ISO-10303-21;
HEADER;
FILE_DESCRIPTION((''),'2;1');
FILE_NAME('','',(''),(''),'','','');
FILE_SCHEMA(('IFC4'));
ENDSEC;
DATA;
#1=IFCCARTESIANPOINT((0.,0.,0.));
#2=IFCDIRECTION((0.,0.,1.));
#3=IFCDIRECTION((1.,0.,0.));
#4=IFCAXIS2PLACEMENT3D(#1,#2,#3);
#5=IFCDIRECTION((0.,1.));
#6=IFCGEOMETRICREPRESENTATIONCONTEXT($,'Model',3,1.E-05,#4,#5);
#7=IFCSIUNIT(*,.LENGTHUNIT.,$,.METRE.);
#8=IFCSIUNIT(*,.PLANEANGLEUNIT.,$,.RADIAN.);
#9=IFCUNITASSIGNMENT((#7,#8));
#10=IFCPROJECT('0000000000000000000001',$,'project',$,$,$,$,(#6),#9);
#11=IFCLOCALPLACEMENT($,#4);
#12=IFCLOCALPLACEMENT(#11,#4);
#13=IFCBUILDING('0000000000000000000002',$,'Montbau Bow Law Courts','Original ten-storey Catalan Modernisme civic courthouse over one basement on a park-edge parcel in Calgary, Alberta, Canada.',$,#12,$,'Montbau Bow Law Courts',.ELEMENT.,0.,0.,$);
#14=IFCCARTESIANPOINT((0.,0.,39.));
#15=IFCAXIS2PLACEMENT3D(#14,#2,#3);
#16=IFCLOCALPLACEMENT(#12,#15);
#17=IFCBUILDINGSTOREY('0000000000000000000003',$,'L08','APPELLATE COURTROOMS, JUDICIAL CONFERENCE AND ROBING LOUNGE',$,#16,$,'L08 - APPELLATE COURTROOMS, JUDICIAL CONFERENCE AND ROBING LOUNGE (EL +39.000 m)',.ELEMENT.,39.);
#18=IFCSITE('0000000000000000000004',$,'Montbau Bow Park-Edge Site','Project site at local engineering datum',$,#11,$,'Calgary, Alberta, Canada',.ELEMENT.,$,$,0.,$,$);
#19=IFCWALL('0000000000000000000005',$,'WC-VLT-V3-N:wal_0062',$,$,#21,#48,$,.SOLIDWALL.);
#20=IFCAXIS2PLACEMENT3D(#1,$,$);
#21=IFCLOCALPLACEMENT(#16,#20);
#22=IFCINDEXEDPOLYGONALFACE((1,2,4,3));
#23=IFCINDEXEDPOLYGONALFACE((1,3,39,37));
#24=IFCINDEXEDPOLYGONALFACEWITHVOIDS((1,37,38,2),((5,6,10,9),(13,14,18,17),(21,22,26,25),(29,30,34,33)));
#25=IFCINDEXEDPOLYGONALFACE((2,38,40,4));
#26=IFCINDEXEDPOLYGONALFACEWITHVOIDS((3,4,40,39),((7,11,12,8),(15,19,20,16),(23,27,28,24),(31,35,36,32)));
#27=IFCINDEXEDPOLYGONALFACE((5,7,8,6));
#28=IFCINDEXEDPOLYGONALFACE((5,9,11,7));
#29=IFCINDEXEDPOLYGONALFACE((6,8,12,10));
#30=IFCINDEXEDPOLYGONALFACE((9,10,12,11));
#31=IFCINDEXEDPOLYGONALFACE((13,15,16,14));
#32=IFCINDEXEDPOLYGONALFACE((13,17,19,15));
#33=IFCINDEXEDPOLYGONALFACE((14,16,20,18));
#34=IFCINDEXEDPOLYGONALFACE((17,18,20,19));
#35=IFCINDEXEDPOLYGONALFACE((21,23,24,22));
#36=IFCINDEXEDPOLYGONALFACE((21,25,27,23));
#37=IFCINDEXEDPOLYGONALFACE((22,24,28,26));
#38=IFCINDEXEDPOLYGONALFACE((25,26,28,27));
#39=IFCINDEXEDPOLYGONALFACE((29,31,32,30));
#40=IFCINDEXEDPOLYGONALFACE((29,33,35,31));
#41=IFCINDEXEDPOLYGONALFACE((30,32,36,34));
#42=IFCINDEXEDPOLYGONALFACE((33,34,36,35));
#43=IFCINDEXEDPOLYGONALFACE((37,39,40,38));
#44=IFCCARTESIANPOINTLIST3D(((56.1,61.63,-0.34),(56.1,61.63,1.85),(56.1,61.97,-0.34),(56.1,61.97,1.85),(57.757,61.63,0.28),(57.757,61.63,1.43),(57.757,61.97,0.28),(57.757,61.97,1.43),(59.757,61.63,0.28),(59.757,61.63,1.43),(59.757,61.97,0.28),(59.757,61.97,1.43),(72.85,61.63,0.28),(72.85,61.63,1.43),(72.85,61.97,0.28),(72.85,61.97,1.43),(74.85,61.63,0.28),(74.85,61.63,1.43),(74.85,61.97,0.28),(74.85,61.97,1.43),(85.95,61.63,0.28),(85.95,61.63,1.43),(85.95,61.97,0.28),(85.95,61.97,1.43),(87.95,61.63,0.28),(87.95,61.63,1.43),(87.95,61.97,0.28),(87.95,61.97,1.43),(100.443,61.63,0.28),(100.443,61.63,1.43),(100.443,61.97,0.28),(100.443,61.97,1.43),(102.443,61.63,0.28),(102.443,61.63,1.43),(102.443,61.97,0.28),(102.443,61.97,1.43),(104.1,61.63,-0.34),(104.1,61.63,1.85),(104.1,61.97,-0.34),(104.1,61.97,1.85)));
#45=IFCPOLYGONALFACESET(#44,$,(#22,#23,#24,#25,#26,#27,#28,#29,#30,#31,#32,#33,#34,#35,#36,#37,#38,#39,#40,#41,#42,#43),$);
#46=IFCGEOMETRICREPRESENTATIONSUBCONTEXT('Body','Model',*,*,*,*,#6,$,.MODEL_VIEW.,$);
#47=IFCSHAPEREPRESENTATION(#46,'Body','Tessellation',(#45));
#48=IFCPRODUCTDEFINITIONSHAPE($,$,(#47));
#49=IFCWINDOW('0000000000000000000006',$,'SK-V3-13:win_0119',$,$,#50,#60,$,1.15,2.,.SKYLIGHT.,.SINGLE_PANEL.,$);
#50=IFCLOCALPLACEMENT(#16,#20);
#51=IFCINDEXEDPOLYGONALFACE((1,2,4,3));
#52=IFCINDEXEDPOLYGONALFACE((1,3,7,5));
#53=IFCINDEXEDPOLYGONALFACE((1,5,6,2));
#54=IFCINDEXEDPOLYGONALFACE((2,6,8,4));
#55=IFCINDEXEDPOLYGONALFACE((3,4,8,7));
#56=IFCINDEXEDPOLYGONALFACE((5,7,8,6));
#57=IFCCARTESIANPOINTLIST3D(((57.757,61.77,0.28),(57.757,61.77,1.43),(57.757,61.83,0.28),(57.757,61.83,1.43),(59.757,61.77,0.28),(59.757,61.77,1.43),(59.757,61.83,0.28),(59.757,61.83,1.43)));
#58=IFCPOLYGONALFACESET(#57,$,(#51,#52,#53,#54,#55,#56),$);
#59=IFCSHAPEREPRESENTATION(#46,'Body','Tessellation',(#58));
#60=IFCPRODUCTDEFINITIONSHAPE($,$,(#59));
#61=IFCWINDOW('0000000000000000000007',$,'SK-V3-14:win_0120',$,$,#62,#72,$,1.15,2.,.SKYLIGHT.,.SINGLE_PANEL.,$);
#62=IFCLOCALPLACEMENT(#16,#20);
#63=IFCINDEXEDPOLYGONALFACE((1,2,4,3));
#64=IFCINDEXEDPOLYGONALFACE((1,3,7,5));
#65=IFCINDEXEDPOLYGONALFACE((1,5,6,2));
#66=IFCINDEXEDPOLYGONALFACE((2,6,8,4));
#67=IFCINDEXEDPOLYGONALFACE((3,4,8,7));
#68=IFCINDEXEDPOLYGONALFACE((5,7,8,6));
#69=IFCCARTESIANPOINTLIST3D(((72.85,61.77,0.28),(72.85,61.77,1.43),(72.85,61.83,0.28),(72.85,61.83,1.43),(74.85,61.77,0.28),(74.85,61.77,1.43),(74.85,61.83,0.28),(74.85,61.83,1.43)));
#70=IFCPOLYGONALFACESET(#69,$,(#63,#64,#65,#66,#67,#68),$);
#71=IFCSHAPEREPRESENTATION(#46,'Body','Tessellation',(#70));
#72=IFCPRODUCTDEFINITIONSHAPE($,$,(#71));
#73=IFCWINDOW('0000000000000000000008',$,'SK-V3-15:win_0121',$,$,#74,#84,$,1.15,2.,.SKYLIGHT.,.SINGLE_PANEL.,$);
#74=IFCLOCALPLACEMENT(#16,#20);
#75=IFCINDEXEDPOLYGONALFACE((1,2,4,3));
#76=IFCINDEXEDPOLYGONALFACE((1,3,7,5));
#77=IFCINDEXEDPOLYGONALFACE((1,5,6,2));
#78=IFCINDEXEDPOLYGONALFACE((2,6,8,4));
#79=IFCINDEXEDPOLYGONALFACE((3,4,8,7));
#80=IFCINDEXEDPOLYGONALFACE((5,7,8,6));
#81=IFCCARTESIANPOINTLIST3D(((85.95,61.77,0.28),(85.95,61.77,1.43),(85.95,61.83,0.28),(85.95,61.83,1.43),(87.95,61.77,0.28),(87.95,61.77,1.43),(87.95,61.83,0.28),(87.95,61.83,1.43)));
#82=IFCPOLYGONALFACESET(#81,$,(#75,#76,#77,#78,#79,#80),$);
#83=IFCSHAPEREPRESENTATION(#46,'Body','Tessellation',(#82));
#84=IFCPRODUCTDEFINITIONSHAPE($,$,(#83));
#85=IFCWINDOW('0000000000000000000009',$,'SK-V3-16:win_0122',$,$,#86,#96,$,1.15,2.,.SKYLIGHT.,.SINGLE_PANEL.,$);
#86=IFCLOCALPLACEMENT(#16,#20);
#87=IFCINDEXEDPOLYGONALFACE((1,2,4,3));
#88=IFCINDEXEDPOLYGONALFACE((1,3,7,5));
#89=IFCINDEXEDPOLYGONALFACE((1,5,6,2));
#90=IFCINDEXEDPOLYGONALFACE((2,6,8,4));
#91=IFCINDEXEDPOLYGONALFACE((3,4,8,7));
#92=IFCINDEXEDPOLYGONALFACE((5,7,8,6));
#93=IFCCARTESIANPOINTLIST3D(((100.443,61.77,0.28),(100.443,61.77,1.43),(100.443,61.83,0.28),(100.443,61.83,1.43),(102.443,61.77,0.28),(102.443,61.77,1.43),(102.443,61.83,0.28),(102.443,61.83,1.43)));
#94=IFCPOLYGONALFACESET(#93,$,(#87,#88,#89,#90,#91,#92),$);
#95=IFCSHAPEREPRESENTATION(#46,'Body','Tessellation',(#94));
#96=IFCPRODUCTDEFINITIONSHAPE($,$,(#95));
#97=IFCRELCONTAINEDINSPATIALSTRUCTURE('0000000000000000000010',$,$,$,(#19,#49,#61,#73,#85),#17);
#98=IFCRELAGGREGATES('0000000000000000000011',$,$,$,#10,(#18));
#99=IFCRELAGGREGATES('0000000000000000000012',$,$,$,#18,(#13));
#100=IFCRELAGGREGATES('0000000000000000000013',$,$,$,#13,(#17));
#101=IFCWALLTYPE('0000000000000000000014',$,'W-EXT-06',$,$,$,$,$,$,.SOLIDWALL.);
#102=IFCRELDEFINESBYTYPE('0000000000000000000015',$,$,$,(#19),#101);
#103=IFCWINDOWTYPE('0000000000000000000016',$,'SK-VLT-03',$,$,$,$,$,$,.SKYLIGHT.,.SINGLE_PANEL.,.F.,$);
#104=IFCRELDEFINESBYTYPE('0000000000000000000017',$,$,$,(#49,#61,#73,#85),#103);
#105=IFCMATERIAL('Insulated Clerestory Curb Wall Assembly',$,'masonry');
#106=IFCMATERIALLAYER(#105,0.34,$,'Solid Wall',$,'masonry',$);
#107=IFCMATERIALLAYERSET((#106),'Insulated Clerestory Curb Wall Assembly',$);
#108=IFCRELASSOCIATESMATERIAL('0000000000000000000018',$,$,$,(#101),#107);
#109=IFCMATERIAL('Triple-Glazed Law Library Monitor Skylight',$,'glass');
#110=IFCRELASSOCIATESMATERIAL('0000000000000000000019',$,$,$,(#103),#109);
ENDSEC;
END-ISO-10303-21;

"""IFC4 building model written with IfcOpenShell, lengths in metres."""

from ifc_helpers import new_model, si_unit, direction, frame, frame_2d, origin_with_axes, place, context, subcontext, project, spatial, rectangle, extrude, material, layer, layer_set, type_object, element, fill, save


model = new_model("IFC4")

# Units and contexts
model_context = context("Model", 3, precision=1e-05, world=origin_with_axes(), true_north=direction((0.0, 1.0)))
body_context = subcontext(model_context, "Body", "Model", "MODEL_VIEW")
ifc_project = project(units=[si_unit("LENGTHUNIT", "METRE"), si_unit("PLANEANGLEUNIT", "RADIAN")], contexts=[model_context])

# Site, building, storey
site_placement = place(None, origin_with_axes())
site = spatial("IfcSite", under=ifc_project, at=site_placement, Name="Montbau Bow Park-Edge Site", Description="Project site at local engineering datum", LongName="Calgary, Alberta, Canada", CompositionType="ELEMENT", RefElevation=0.0)
building_placement = place(site_placement, origin_with_axes())
building = spatial("IfcBuilding", under=site, at=building_placement, Name="Montbau Bow Law Courts", Description="Original ten-storey Catalan Modernisme civic courthouse over one basement on a park-edge parcel in Calgary, Alberta, Canada.", LongName="Montbau Bow Law Courts", CompositionType="ELEMENT", ElevationOfRefHeight=0.0, ElevationOfTerrain=0.0)
storey_placement = place(building_placement, frame((0.0, 0.0, 39.0), z_axis=(0.0, 0.0, 1.0), x_axis=(1.0, 0.0, 0.0)))
storey = spatial("IfcBuildingStorey", under=building, at=storey_placement, Name="L08", Description="APPELLATE COURTROOMS, JUDICIAL CONFERENCE AND ROBING LOUNGE", LongName="L08 - APPELLATE COURTROOMS, JUDICIAL CONFERENCE AND ROBING LOUNGE (EL +39.000 m)", CompositionType="ELEMENT", Elevation=39.0)

# Wall, openings, windows
ifc_material_1 = material(Name="Insulated Clerestory Curb Wall Assembly", Category="masonry")
ifc_layer = layer(ifc_material_1, 0.34, Name="Solid Wall", Category="masonry")
ifc_layer_set = layer_set([ifc_layer], Name="Insulated Clerestory Curb Wall Assembly")
wall_type = type_object("IfcWallType", Name="W-EXT-06", PredefinedType="SOLIDWALL", material=ifc_layer_set)
wall_placement = place(None, frame((56.1, 61.8, 38.66), z_axis=(0.0, 0.0, 1.0), x_axis=(1.0, 0.0, 0.0)))
wall = element("IfcWall", 1, at=wall_placement, inside=storey, type_object=wall_type, Name="WC-VLT-V3-N:wal_0062", PredefinedType="SOLIDWALL", context=body_context, shape_type="SweptSolid", body=[
    extrude(rectangle(XDim=48.0, YDim=0.34, at=frame_2d((24.0, 0.0), x_axis=(1.0, 0.0))), origin_with_axes(), (0.0, 0.0, 1.0), 2.19),
])
opening_1_placement = place(None, frame((58.757, 61.8, 39.28), z_axis=(0.0, 0.0, 1.0), x_axis=(1.0, 0.0, 0.0)))
opening_1 = element("IfcOpeningElement", 2, at=opening_1_placement, cuts=wall, PredefinedType="OPENING", context=body_context, shape_type="SweptSolid", body=[
    extrude(rectangle(XDim=2.0, YDim=1.15, at=frame_2d((0.0, 0.575), x_axis=(1.0, 0.0))), frame((0.0, 0.18, 0.0), z_axis=(0.0, -1.0, 0.0), x_axis=(1.0, 0.0, 0.0)), (0.0, 0.0, 1.0), 0.36),
])
opening_2_placement = place(None, frame((73.85, 61.8, 39.28), z_axis=(0.0, 0.0, 1.0), x_axis=(1.0, 0.0, 0.0)))
opening_2 = element("IfcOpeningElement", 3, at=opening_2_placement, cuts=wall, PredefinedType="OPENING", context=body_context, shape_type="SweptSolid", body=[
    extrude(rectangle(XDim=2.0, YDim=1.15, at=frame_2d((0.0, 0.575), x_axis=(1.0, 0.0))), frame((0.0, 0.18, 0.0), z_axis=(0.0, -1.0, 0.0), x_axis=(1.0, 0.0, 0.0)), (0.0, 0.0, 1.0), 0.36),
])
opening_3_placement = place(None, frame((86.95, 61.8, 39.28), z_axis=(0.0, 0.0, 1.0), x_axis=(1.0, 0.0, 0.0)))
opening_3 = element("IfcOpeningElement", 4, at=opening_3_placement, cuts=wall, PredefinedType="OPENING", context=body_context, shape_type="SweptSolid", body=[
    extrude(rectangle(XDim=2.0, YDim=1.15, at=frame_2d((0.0, 0.575), x_axis=(1.0, 0.0))), frame((0.0, 0.18, 0.0), z_axis=(0.0, -1.0, 0.0), x_axis=(1.0, 0.0, 0.0)), (0.0, 0.0, 1.0), 0.36),
])
opening_4_placement = place(None, frame((101.443, 61.8, 39.28), z_axis=(0.0, 0.0, 1.0), x_axis=(1.0, 0.0, 0.0)))
opening_4 = element("IfcOpeningElement", 5, at=opening_4_placement, cuts=wall, PredefinedType="OPENING", context=body_context, shape_type="SweptSolid", body=[
    extrude(rectangle(XDim=2.0, YDim=1.15, at=frame_2d((0.0, 0.575), x_axis=(1.0, 0.0))), frame((0.0, 0.18, 0.0), z_axis=(0.0, -1.0, 0.0), x_axis=(1.0, 0.0, 0.0)), (0.0, 0.0, 1.0), 0.36),
])
ifc_material_2 = material(Name="Triple-Glazed Law Library Monitor Skylight", Category="glass")
window_type = type_object("IfcWindowType", Name="SK-VLT-03", ParameterTakesPrecedence=False, PartitioningType="SINGLE_PANEL", PredefinedType="SKYLIGHT", material=ifc_material_2)
window_1_placement = place(None, frame((58.757, 61.8, 39.28), z_axis=(0.0, 0.0, 1.0), x_axis=(1.0, 0.0, 0.0)))
window_1 = element("IfcWindow", 6, at=window_1_placement, inside=storey, type_object=window_type, Name="SK-V3-13:win_0119", OverallHeight=1.15, OverallWidth=2.0, PartitioningType="SINGLE_PANEL", PredefinedType="SKYLIGHT", context=body_context, shape_type="SweptSolid", body=[
    extrude(rectangle(XDim=2.0, YDim=1.15, at=frame_2d((0.0, 0.575), x_axis=(1.0, 0.0))), frame((0.0, 0.03, 0.0), z_axis=(0.0, -1.0, 0.0), x_axis=(1.0, 0.0, 0.0)), (0.0, 0.0, 1.0), 0.06),
])
fill(opening_1, window_1)
window_2_placement = place(None, frame((73.85, 61.8, 39.28), z_axis=(0.0, 0.0, 1.0), x_axis=(1.0, 0.0, 0.0)))
window_2 = element("IfcWindow", 7, at=window_2_placement, inside=storey, type_object=window_type, Name="SK-V3-14:win_0120", OverallHeight=1.15, OverallWidth=2.0, PartitioningType="SINGLE_PANEL", PredefinedType="SKYLIGHT", context=body_context, shape_type="SweptSolid", body=[
    extrude(rectangle(XDim=2.0, YDim=1.15, at=frame_2d((0.0, 0.575), x_axis=(1.0, 0.0))), frame((0.0, 0.03, 0.0), z_axis=(0.0, -1.0, 0.0), x_axis=(1.0, 0.0, 0.0)), (0.0, 0.0, 1.0), 0.06),
])
fill(opening_2, window_2)
window_3_placement = place(None, frame((86.95, 61.8, 39.28), z_axis=(0.0, 0.0, 1.0), x_axis=(1.0, 0.0, 0.0)))
window_3 = element("IfcWindow", 8, at=window_3_placement, inside=storey, type_object=window_type, Name="SK-V3-15:win_0121", OverallHeight=1.15, OverallWidth=2.0, PartitioningType="SINGLE_PANEL", PredefinedType="SKYLIGHT", context=body_context, shape_type="SweptSolid", body=[
    extrude(rectangle(XDim=2.0, YDim=1.15, at=frame_2d((0.0, 0.575), x_axis=(1.0, 0.0))), frame((0.0, 0.03, 0.0), z_axis=(0.0, -1.0, 0.0), x_axis=(1.0, 0.0, 0.0)), (0.0, 0.0, 1.0), 0.06),
])
fill(opening_3, window_3)
window_4_placement = place(None, frame((101.443, 61.8, 39.28), z_axis=(0.0, 0.0, 1.0), x_axis=(1.0, 0.0, 0.0)))
window_4 = element("IfcWindow", 9, at=window_4_placement, inside=storey, type_object=window_type, Name="SK-V3-16:win_0122", OverallHeight=1.15, OverallWidth=2.0, PartitioningType="SINGLE_PANEL", PredefinedType="SKYLIGHT", context=body_context, shape_type="SweptSolid", body=[
    extrude(rectangle(XDim=2.0, YDim=1.15, at=frame_2d((0.0, 0.575), x_axis=(1.0, 0.0))), frame((0.0, 0.03, 0.0), z_axis=(0.0, -1.0, 0.0), x_axis=(1.0, 0.0, 0.0)), (0.0, 0.0, 1.0), 0.06),
])
fill(opening_4, window_4)

save(model, "model.ifc")
